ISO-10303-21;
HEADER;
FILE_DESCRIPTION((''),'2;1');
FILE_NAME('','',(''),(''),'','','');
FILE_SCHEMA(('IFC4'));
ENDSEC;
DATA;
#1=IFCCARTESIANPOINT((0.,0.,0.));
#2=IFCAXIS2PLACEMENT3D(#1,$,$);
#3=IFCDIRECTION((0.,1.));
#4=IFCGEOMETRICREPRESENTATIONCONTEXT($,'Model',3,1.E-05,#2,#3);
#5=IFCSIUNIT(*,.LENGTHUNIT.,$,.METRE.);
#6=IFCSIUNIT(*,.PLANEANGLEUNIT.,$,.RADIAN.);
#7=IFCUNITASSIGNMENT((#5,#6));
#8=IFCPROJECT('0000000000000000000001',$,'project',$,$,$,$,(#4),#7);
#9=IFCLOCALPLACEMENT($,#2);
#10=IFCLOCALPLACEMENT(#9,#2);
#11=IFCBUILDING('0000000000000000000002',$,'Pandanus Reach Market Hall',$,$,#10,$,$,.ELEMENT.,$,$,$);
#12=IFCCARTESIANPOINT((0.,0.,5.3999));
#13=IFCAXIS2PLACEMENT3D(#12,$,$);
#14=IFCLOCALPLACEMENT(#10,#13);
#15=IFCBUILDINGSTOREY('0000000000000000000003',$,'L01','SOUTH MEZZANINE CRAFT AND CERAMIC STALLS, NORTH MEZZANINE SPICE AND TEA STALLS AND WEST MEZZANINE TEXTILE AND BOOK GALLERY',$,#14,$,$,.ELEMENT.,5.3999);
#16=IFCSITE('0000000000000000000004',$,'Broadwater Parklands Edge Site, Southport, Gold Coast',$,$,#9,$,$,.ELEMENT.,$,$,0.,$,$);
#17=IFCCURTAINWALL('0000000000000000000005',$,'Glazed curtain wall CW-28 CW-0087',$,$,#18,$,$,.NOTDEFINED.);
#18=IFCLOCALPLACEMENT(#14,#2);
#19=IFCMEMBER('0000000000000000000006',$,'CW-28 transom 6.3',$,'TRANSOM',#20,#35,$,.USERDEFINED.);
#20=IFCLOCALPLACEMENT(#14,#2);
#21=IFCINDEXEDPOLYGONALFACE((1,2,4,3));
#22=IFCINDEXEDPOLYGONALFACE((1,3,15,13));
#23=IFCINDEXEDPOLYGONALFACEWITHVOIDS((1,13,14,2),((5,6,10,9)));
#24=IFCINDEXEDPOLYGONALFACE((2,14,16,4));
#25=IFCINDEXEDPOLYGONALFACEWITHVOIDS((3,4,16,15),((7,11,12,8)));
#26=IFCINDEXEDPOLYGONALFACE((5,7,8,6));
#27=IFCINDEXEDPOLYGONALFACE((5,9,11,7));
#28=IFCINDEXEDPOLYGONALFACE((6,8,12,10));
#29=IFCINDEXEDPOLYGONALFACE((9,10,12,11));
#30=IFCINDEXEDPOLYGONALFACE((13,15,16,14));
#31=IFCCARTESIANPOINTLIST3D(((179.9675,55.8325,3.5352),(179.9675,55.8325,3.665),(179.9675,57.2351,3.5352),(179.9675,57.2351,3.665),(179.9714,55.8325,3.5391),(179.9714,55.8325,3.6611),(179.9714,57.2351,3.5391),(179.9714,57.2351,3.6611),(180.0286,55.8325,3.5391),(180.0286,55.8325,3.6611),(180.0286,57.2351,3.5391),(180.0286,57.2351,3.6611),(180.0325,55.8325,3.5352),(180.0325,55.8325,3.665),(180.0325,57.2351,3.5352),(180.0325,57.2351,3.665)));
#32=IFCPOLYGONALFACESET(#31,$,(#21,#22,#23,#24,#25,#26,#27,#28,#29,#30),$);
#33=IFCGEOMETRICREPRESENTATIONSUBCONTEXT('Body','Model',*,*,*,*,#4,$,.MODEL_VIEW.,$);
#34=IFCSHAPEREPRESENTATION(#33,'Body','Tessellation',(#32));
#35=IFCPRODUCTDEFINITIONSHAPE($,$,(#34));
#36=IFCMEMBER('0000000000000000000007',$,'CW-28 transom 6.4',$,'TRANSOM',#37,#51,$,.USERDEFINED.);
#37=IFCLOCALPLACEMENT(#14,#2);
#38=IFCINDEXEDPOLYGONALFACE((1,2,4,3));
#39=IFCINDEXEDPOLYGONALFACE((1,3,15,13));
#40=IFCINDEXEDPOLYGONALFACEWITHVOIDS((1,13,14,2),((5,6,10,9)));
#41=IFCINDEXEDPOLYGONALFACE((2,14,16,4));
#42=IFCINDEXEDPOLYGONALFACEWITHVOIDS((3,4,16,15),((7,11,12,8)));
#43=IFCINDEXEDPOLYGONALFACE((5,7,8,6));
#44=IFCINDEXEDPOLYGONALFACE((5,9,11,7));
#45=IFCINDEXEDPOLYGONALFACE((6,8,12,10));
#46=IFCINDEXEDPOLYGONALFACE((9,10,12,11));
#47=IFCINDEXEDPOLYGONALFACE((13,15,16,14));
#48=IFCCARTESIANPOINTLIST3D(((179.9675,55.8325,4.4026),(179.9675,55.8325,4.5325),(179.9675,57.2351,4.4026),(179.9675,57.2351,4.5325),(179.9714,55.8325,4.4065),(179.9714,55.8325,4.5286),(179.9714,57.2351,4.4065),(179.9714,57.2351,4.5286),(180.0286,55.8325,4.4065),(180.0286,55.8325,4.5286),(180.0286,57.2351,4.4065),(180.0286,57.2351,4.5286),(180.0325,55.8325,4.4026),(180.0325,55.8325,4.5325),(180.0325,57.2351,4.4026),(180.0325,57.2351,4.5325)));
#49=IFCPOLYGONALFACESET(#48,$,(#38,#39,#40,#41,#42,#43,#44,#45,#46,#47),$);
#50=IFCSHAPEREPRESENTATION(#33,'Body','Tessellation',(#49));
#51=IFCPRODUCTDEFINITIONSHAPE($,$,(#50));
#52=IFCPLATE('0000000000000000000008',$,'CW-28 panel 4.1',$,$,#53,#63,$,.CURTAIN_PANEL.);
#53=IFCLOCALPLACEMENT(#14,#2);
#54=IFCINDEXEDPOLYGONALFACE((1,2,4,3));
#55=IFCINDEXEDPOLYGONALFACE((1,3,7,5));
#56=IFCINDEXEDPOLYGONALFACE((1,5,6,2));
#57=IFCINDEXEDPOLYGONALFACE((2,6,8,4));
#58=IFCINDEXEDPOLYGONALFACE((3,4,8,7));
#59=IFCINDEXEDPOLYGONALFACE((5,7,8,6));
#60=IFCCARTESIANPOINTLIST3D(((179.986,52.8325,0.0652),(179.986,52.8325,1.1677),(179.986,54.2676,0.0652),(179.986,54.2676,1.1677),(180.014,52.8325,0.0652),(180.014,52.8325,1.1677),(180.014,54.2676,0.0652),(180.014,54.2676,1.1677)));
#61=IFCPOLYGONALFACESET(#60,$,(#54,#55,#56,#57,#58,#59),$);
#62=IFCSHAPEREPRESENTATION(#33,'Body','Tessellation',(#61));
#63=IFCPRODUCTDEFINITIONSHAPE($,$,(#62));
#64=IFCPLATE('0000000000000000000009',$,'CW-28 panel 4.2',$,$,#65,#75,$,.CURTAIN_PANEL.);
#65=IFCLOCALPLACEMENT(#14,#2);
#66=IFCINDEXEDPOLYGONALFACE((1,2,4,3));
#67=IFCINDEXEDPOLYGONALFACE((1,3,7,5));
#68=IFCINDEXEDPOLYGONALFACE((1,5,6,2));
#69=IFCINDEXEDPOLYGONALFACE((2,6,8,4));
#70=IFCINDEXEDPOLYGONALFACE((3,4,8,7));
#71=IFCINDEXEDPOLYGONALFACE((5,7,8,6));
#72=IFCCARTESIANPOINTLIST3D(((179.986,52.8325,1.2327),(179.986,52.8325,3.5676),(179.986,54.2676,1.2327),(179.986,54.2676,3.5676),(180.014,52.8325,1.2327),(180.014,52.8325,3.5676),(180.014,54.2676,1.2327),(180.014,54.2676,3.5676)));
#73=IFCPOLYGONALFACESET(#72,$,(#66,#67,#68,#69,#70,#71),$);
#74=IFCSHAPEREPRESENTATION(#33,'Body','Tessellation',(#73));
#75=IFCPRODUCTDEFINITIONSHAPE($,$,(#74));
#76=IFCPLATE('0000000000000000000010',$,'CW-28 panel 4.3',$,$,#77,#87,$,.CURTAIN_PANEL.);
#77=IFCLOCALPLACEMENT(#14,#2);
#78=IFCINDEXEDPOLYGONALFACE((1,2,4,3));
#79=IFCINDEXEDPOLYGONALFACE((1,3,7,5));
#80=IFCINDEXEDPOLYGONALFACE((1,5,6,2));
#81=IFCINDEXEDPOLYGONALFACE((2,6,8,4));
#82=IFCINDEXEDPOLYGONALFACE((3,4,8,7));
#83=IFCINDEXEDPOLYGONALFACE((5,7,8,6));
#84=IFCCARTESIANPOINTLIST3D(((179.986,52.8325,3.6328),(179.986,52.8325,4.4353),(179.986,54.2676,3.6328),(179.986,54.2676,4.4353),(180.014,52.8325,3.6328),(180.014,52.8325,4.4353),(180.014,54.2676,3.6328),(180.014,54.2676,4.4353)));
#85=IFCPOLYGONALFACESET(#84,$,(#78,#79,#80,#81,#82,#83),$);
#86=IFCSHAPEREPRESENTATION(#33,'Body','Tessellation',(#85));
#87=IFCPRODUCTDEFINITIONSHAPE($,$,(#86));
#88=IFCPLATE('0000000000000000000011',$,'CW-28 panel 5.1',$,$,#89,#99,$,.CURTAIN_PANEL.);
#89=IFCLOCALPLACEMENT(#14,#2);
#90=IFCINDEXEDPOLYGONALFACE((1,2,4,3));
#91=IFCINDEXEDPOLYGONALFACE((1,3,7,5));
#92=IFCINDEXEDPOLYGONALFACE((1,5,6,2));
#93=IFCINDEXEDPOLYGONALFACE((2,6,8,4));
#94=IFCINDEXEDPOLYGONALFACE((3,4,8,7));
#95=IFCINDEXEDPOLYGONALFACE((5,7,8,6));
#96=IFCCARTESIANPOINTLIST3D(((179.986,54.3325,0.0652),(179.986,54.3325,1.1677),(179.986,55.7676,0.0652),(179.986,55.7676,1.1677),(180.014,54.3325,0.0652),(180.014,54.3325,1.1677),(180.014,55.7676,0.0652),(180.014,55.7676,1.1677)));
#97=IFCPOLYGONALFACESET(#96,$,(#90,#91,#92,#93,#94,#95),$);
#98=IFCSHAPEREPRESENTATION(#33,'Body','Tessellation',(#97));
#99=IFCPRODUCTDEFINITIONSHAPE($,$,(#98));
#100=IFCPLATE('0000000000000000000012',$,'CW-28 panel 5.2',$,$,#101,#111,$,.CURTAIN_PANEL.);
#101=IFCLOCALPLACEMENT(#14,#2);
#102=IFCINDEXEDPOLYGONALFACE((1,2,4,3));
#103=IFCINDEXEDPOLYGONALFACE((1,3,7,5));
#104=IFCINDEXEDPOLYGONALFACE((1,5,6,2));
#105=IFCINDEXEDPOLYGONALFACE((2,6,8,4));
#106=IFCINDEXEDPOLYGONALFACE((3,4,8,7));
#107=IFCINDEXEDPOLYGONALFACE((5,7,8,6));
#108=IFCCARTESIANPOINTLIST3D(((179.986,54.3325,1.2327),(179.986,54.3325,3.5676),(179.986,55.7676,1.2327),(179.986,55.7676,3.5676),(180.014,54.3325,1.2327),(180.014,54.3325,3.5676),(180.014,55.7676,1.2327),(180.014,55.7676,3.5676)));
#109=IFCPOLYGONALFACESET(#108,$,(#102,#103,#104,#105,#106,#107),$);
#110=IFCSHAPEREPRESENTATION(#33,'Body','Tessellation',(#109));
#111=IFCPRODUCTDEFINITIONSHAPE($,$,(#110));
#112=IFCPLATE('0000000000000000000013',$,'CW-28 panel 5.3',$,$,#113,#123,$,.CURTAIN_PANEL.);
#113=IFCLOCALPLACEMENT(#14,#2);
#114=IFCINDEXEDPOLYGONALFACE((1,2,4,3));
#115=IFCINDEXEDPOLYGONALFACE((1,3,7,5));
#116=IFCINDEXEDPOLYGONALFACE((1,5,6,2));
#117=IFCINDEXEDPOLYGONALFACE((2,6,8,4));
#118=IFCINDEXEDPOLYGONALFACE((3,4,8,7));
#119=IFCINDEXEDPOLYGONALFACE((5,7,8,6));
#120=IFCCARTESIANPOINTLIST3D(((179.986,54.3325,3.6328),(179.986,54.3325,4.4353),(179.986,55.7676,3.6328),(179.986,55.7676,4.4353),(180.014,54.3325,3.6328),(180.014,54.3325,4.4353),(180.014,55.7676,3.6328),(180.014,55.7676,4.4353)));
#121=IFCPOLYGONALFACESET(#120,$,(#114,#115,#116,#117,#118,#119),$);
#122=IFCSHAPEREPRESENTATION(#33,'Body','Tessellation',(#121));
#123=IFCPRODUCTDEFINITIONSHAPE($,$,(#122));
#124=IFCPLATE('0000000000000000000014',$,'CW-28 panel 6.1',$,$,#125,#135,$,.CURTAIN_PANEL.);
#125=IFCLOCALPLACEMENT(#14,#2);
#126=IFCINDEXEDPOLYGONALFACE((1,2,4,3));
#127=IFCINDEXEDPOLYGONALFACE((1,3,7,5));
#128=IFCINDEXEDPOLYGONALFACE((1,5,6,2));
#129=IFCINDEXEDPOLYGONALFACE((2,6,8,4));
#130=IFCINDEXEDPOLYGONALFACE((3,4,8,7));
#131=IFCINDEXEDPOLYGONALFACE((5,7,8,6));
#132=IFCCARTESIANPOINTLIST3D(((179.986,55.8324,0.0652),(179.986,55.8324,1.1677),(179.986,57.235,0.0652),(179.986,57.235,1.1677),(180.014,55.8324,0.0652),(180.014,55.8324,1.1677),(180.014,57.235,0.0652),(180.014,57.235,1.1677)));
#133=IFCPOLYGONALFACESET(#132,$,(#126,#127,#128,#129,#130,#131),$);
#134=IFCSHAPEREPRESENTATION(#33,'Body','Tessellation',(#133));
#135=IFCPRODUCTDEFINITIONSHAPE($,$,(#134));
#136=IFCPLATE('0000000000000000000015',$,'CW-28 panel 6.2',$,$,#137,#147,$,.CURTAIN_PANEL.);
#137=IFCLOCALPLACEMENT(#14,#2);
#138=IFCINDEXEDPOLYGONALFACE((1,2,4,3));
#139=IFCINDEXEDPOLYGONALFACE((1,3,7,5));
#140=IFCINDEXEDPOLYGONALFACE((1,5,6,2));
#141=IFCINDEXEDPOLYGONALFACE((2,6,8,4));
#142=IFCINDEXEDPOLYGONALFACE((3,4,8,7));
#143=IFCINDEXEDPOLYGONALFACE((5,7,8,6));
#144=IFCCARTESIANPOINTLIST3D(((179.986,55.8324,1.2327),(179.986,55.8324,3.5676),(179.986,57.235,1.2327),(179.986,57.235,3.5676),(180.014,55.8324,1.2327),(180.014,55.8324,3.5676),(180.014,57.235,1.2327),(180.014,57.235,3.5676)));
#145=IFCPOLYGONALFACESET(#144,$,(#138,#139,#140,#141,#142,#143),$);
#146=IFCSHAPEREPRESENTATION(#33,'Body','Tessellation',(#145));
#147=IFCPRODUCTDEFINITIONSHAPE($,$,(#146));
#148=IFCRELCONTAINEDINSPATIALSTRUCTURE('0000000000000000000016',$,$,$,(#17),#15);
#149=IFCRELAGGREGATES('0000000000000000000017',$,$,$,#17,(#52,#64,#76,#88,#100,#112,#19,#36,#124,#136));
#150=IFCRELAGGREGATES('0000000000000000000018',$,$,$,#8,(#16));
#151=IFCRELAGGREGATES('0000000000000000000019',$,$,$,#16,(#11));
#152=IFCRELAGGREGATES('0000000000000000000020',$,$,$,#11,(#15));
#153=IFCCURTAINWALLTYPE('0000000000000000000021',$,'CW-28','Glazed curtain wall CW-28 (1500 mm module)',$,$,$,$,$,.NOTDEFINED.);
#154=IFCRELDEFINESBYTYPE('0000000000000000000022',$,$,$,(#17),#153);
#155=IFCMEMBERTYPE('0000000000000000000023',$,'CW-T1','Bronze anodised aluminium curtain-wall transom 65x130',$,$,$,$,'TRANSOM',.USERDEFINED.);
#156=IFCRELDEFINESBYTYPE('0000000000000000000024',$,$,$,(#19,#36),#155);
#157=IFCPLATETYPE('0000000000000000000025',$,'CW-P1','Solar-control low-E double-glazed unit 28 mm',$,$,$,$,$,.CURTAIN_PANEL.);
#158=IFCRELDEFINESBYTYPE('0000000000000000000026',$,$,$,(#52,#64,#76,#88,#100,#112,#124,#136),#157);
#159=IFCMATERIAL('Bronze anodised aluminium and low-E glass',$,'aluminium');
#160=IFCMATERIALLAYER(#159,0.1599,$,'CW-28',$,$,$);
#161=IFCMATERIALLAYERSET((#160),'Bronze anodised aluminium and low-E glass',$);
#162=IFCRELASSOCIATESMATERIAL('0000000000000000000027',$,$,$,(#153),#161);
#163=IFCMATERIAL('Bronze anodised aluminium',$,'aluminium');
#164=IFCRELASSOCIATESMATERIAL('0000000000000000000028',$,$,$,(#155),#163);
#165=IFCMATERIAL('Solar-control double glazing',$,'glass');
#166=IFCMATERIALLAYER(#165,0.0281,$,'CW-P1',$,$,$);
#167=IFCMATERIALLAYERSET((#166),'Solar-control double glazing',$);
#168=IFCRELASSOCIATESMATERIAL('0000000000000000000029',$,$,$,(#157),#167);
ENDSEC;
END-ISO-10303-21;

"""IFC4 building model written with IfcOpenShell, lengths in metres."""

from ifc_helpers import new_model, si_unit, direction, frame, origin, origin_2d, place, context, subcontext, project, spatial, rectangle, hollow_rectangle, extrude, material, layer, layer_set, material_profile, profile_set, type_object, element, aggregate, save


model = new_model("IFC4")

# Units and contexts
model_context = context("Model", 3, precision=1e-05, world=origin(), true_north=direction((0.0, 1.0)))
body_context = subcontext(model_context, "Body", "Model", "MODEL_VIEW")
ifc_project = project(units=[si_unit("LENGTHUNIT", "METRE"), si_unit("PLANEANGLEUNIT", "RADIAN")], contexts=[model_context])

# Site, building, storey
site_placement = place(None, origin())
site = spatial("IfcSite", under=ifc_project, at=site_placement, Name="Broadwater Parklands Edge Site, Southport, Gold Coast", CompositionType="ELEMENT", RefElevation=0.0)
building_placement = place(site_placement, origin())
building = spatial("IfcBuilding", under=site, at=building_placement, Name="Pandanus Reach Market Hall", CompositionType="ELEMENT")
storey_placement = place(building_placement, frame((0.0, 0.0, 5.3999)))
storey = spatial("IfcBuildingStorey", under=building, at=storey_placement, Name="L01", Description="SOUTH MEZZANINE CRAFT AND CERAMIC STALLS, NORTH MEZZANINE SPICE AND TEA STALLS AND WEST MEZZANINE TEXTILE AND BOOK GALLERY", CompositionType="ELEMENT", Elevation=5.3999)

# Curtain wall, members, plates
ifc_material_1 = material(Name="Bronze anodised aluminium and low-E glass", Category="aluminium")
ifc_layer_1 = layer(ifc_material_1, 0.1599, Name="CW-28")
ifc_layer_set_1 = layer_set([ifc_layer_1], Name="Bronze anodised aluminium and low-E glass")
curtain_wall_type = type_object("IfcCurtainWallType", Name="CW-28", Description="Glazed curtain wall CW-28 (1500 mm module)", PredefinedType="NOTDEFINED", material=ifc_layer_set_1)
curtain_wall_placement = place(storey_placement, origin())
curtain_wall = element("IfcCurtainWall", 1, at=curtain_wall_placement, inside=storey, type_object=curtain_wall_type, Name="Glazed curtain wall CW-28 CW-0087", PredefinedType="NOTDEFINED")
ifc_material_2 = material(Name="Bronze anodised aluminium", Category="aluminium")
ifc_material_profile_1 = material_profile(ifc_material_2, hollow_rectangle(XDim=0.0649, YDim=0.1299, WallThickness=0.0039, at=origin_2d()), Name="ALU65x130", Category="LoadBearing")
ifc_profile_set_1 = profile_set([ifc_material_profile_1], Name="Bronze anodised aluminium")
member_type_1 = type_object("IfcMemberType", Name="CW-T1", Description="Bronze anodised aluminium curtain-wall transom 65x130", ElementType="TRANSOM", PredefinedType="USERDEFINED", material=ifc_profile_set_1)
member_1_placement = place(storey_placement, frame((180.0, 55.8325, 3.6001), z_axis=(0.0, 1.0, 0.0), x_axis=(-1.0, 0.0, 0.0)))
member_1 = element("IfcMember", 2, at=member_1_placement, type_object=member_type_1, Name="CW-28 transom 6.3", ObjectType="TRANSOM", PredefinedType="USERDEFINED", context=body_context, shape_type="SweptSolid", body=[
    extrude(hollow_rectangle(XDim=0.0649, YDim=0.1299, WallThickness=0.0039, at=origin_2d()), origin(), (0.0, 0.0, 1.0), 1.4026),
])
member_2_placement = place(storey_placement, frame((180.0, 55.8325, 4.4675), z_axis=(0.0, 1.0, 0.0), x_axis=(-1.0, 0.0, 0.0)))
member_2 = element("IfcMember", 3, at=member_2_placement, type_object=member_type_1, Name="CW-28 transom 6.4", ObjectType="TRANSOM", PredefinedType="USERDEFINED", context=body_context, shape_type="SweptSolid", body=[
    extrude(hollow_rectangle(XDim=0.0649, YDim=0.1299, WallThickness=0.0039, at=origin_2d()), origin(), (0.0, 0.0, 1.0), 1.4026),
])
ifc_material_3 = material(Name="Solar-control double glazing", Category="glass")
ifc_layer_2 = layer(ifc_material_3, 0.0281, Name="CW-P1")
ifc_layer_set_2 = layer_set([ifc_layer_2], Name="Solar-control double glazing")
plate_type = type_object("IfcPlateType", Name="CW-P1", Description="Solar-control low-E double-glazed unit 28 mm", PredefinedType="CURTAIN_PANEL", material=ifc_layer_set_2)
plate_1_placement = place(storey_placement, frame((180.0, 53.55, 0.0652), z_axis=(0.0, 0.0, 1.0), x_axis=(0.0, 1.0, 0.0)))
plate_1 = element("IfcPlate", 4, at=plate_1_placement, type_object=plate_type, Name="CW-28 panel 4.1", PredefinedType="CURTAIN_PANEL", context=body_context, shape_type="SweptSolid", body=[
    extrude(rectangle(XDim=1.4351, YDim=0.0281, at=origin_2d()), origin(), (0.0, 0.0, 1.0), 1.1025),
])
plate_2_placement = place(storey_placement, frame((180.0, 53.55, 1.2327), z_axis=(0.0, 0.0, 1.0), x_axis=(0.0, 1.0, 0.0)))
plate_2 = element("IfcPlate", 5, at=plate_2_placement, type_object=plate_type, Name="CW-28 panel 4.2", PredefinedType="CURTAIN_PANEL", context=body_context, shape_type="SweptSolid", body=[
    extrude(rectangle(XDim=1.4351, YDim=0.0281, at=origin_2d()), origin(), (0.0, 0.0, 1.0), 2.335),
])
plate_3_placement = place(storey_placement, frame((180.0, 53.55, 3.6328), z_axis=(0.0, 0.0, 1.0), x_axis=(0.0, 1.0, 0.0)))
plate_3 = element("IfcPlate", 6, at=plate_3_placement, type_object=plate_type, Name="CW-28 panel 4.3", PredefinedType="CURTAIN_PANEL", context=body_context, shape_type="SweptSolid", body=[
    extrude(rectangle(XDim=1.4351, YDim=0.0281, at=origin_2d()), origin(), (0.0, 0.0, 1.0), 0.8025),
])
plate_4_placement = place(storey_placement, frame((180.0, 55.05, 0.0652), z_axis=(0.0, 0.0, 1.0), x_axis=(0.0, 1.0, 0.0)))
plate_4 = element("IfcPlate", 7, at=plate_4_placement, type_object=plate_type, Name="CW-28 panel 5.1", PredefinedType="CURTAIN_PANEL", context=body_context, shape_type="SweptSolid", body=[
    extrude(rectangle(XDim=1.4351, YDim=0.0281, at=origin_2d()), origin(), (0.0, 0.0, 1.0), 1.1025),
])
plate_5_placement = place(storey_placement, frame((180.0, 55.05, 1.2327), z_axis=(0.0, 0.0, 1.0), x_axis=(0.0, 1.0, 0.0)))
plate_5 = element("IfcPlate", 8, at=plate_5_placement, type_object=plate_type, Name="CW-28 panel 5.2", PredefinedType="CURTAIN_PANEL", context=body_context, shape_type="SweptSolid", body=[
    extrude(rectangle(XDim=1.4351, YDim=0.0281, at=origin_2d()), origin(), (0.0, 0.0, 1.0), 2.335),
])
plate_6_placement = place(storey_placement, frame((180.0, 55.05, 3.6328), z_axis=(0.0, 0.0, 1.0), x_axis=(0.0, 1.0, 0.0)))
plate_6 = element("IfcPlate", 9, at=plate_6_placement, type_object=plate_type, Name="CW-28 panel 5.3", PredefinedType="CURTAIN_PANEL", context=body_context, shape_type="SweptSolid", body=[
    extrude(rectangle(XDim=1.4351, YDim=0.0281, at=origin_2d()), origin(), (0.0, 0.0, 1.0), 0.8025),
])
plate_7_placement = place(storey_placement, frame((180.0, 56.5337, 0.0652), z_axis=(0.0, 0.0, 1.0), x_axis=(0.0, 1.0, 0.0)))
plate_7 = element("IfcPlate", 10, at=plate_7_placement, type_object=plate_type, Name="CW-28 panel 6.1", PredefinedType="CURTAIN_PANEL", context=body_context, shape_type="SweptSolid", body=[
    extrude(rectangle(XDim=1.4026, YDim=0.0281, at=origin_2d()), origin(), (0.0, 0.0, 1.0), 1.1025),
])
plate_8_placement = place(storey_placement, frame((180.0, 56.5337, 1.2327), z_axis=(0.0, 0.0, 1.0), x_axis=(0.0, 1.0, 0.0)))
plate_8 = element("IfcPlate", 11, at=plate_8_placement, type_object=plate_type, Name="CW-28 panel 6.2", PredefinedType="CURTAIN_PANEL", context=body_context, shape_type="SweptSolid", body=[
    extrude(rectangle(XDim=1.4026, YDim=0.0281, at=origin_2d()), origin(), (0.0, 0.0, 1.0), 2.335),
])
aggregate(curtain_wall, [plate_1, plate_2, plate_3, plate_4, plate_5, plate_6, member_1, member_2, plate_7, plate_8])

save(model, "model.ifc")
